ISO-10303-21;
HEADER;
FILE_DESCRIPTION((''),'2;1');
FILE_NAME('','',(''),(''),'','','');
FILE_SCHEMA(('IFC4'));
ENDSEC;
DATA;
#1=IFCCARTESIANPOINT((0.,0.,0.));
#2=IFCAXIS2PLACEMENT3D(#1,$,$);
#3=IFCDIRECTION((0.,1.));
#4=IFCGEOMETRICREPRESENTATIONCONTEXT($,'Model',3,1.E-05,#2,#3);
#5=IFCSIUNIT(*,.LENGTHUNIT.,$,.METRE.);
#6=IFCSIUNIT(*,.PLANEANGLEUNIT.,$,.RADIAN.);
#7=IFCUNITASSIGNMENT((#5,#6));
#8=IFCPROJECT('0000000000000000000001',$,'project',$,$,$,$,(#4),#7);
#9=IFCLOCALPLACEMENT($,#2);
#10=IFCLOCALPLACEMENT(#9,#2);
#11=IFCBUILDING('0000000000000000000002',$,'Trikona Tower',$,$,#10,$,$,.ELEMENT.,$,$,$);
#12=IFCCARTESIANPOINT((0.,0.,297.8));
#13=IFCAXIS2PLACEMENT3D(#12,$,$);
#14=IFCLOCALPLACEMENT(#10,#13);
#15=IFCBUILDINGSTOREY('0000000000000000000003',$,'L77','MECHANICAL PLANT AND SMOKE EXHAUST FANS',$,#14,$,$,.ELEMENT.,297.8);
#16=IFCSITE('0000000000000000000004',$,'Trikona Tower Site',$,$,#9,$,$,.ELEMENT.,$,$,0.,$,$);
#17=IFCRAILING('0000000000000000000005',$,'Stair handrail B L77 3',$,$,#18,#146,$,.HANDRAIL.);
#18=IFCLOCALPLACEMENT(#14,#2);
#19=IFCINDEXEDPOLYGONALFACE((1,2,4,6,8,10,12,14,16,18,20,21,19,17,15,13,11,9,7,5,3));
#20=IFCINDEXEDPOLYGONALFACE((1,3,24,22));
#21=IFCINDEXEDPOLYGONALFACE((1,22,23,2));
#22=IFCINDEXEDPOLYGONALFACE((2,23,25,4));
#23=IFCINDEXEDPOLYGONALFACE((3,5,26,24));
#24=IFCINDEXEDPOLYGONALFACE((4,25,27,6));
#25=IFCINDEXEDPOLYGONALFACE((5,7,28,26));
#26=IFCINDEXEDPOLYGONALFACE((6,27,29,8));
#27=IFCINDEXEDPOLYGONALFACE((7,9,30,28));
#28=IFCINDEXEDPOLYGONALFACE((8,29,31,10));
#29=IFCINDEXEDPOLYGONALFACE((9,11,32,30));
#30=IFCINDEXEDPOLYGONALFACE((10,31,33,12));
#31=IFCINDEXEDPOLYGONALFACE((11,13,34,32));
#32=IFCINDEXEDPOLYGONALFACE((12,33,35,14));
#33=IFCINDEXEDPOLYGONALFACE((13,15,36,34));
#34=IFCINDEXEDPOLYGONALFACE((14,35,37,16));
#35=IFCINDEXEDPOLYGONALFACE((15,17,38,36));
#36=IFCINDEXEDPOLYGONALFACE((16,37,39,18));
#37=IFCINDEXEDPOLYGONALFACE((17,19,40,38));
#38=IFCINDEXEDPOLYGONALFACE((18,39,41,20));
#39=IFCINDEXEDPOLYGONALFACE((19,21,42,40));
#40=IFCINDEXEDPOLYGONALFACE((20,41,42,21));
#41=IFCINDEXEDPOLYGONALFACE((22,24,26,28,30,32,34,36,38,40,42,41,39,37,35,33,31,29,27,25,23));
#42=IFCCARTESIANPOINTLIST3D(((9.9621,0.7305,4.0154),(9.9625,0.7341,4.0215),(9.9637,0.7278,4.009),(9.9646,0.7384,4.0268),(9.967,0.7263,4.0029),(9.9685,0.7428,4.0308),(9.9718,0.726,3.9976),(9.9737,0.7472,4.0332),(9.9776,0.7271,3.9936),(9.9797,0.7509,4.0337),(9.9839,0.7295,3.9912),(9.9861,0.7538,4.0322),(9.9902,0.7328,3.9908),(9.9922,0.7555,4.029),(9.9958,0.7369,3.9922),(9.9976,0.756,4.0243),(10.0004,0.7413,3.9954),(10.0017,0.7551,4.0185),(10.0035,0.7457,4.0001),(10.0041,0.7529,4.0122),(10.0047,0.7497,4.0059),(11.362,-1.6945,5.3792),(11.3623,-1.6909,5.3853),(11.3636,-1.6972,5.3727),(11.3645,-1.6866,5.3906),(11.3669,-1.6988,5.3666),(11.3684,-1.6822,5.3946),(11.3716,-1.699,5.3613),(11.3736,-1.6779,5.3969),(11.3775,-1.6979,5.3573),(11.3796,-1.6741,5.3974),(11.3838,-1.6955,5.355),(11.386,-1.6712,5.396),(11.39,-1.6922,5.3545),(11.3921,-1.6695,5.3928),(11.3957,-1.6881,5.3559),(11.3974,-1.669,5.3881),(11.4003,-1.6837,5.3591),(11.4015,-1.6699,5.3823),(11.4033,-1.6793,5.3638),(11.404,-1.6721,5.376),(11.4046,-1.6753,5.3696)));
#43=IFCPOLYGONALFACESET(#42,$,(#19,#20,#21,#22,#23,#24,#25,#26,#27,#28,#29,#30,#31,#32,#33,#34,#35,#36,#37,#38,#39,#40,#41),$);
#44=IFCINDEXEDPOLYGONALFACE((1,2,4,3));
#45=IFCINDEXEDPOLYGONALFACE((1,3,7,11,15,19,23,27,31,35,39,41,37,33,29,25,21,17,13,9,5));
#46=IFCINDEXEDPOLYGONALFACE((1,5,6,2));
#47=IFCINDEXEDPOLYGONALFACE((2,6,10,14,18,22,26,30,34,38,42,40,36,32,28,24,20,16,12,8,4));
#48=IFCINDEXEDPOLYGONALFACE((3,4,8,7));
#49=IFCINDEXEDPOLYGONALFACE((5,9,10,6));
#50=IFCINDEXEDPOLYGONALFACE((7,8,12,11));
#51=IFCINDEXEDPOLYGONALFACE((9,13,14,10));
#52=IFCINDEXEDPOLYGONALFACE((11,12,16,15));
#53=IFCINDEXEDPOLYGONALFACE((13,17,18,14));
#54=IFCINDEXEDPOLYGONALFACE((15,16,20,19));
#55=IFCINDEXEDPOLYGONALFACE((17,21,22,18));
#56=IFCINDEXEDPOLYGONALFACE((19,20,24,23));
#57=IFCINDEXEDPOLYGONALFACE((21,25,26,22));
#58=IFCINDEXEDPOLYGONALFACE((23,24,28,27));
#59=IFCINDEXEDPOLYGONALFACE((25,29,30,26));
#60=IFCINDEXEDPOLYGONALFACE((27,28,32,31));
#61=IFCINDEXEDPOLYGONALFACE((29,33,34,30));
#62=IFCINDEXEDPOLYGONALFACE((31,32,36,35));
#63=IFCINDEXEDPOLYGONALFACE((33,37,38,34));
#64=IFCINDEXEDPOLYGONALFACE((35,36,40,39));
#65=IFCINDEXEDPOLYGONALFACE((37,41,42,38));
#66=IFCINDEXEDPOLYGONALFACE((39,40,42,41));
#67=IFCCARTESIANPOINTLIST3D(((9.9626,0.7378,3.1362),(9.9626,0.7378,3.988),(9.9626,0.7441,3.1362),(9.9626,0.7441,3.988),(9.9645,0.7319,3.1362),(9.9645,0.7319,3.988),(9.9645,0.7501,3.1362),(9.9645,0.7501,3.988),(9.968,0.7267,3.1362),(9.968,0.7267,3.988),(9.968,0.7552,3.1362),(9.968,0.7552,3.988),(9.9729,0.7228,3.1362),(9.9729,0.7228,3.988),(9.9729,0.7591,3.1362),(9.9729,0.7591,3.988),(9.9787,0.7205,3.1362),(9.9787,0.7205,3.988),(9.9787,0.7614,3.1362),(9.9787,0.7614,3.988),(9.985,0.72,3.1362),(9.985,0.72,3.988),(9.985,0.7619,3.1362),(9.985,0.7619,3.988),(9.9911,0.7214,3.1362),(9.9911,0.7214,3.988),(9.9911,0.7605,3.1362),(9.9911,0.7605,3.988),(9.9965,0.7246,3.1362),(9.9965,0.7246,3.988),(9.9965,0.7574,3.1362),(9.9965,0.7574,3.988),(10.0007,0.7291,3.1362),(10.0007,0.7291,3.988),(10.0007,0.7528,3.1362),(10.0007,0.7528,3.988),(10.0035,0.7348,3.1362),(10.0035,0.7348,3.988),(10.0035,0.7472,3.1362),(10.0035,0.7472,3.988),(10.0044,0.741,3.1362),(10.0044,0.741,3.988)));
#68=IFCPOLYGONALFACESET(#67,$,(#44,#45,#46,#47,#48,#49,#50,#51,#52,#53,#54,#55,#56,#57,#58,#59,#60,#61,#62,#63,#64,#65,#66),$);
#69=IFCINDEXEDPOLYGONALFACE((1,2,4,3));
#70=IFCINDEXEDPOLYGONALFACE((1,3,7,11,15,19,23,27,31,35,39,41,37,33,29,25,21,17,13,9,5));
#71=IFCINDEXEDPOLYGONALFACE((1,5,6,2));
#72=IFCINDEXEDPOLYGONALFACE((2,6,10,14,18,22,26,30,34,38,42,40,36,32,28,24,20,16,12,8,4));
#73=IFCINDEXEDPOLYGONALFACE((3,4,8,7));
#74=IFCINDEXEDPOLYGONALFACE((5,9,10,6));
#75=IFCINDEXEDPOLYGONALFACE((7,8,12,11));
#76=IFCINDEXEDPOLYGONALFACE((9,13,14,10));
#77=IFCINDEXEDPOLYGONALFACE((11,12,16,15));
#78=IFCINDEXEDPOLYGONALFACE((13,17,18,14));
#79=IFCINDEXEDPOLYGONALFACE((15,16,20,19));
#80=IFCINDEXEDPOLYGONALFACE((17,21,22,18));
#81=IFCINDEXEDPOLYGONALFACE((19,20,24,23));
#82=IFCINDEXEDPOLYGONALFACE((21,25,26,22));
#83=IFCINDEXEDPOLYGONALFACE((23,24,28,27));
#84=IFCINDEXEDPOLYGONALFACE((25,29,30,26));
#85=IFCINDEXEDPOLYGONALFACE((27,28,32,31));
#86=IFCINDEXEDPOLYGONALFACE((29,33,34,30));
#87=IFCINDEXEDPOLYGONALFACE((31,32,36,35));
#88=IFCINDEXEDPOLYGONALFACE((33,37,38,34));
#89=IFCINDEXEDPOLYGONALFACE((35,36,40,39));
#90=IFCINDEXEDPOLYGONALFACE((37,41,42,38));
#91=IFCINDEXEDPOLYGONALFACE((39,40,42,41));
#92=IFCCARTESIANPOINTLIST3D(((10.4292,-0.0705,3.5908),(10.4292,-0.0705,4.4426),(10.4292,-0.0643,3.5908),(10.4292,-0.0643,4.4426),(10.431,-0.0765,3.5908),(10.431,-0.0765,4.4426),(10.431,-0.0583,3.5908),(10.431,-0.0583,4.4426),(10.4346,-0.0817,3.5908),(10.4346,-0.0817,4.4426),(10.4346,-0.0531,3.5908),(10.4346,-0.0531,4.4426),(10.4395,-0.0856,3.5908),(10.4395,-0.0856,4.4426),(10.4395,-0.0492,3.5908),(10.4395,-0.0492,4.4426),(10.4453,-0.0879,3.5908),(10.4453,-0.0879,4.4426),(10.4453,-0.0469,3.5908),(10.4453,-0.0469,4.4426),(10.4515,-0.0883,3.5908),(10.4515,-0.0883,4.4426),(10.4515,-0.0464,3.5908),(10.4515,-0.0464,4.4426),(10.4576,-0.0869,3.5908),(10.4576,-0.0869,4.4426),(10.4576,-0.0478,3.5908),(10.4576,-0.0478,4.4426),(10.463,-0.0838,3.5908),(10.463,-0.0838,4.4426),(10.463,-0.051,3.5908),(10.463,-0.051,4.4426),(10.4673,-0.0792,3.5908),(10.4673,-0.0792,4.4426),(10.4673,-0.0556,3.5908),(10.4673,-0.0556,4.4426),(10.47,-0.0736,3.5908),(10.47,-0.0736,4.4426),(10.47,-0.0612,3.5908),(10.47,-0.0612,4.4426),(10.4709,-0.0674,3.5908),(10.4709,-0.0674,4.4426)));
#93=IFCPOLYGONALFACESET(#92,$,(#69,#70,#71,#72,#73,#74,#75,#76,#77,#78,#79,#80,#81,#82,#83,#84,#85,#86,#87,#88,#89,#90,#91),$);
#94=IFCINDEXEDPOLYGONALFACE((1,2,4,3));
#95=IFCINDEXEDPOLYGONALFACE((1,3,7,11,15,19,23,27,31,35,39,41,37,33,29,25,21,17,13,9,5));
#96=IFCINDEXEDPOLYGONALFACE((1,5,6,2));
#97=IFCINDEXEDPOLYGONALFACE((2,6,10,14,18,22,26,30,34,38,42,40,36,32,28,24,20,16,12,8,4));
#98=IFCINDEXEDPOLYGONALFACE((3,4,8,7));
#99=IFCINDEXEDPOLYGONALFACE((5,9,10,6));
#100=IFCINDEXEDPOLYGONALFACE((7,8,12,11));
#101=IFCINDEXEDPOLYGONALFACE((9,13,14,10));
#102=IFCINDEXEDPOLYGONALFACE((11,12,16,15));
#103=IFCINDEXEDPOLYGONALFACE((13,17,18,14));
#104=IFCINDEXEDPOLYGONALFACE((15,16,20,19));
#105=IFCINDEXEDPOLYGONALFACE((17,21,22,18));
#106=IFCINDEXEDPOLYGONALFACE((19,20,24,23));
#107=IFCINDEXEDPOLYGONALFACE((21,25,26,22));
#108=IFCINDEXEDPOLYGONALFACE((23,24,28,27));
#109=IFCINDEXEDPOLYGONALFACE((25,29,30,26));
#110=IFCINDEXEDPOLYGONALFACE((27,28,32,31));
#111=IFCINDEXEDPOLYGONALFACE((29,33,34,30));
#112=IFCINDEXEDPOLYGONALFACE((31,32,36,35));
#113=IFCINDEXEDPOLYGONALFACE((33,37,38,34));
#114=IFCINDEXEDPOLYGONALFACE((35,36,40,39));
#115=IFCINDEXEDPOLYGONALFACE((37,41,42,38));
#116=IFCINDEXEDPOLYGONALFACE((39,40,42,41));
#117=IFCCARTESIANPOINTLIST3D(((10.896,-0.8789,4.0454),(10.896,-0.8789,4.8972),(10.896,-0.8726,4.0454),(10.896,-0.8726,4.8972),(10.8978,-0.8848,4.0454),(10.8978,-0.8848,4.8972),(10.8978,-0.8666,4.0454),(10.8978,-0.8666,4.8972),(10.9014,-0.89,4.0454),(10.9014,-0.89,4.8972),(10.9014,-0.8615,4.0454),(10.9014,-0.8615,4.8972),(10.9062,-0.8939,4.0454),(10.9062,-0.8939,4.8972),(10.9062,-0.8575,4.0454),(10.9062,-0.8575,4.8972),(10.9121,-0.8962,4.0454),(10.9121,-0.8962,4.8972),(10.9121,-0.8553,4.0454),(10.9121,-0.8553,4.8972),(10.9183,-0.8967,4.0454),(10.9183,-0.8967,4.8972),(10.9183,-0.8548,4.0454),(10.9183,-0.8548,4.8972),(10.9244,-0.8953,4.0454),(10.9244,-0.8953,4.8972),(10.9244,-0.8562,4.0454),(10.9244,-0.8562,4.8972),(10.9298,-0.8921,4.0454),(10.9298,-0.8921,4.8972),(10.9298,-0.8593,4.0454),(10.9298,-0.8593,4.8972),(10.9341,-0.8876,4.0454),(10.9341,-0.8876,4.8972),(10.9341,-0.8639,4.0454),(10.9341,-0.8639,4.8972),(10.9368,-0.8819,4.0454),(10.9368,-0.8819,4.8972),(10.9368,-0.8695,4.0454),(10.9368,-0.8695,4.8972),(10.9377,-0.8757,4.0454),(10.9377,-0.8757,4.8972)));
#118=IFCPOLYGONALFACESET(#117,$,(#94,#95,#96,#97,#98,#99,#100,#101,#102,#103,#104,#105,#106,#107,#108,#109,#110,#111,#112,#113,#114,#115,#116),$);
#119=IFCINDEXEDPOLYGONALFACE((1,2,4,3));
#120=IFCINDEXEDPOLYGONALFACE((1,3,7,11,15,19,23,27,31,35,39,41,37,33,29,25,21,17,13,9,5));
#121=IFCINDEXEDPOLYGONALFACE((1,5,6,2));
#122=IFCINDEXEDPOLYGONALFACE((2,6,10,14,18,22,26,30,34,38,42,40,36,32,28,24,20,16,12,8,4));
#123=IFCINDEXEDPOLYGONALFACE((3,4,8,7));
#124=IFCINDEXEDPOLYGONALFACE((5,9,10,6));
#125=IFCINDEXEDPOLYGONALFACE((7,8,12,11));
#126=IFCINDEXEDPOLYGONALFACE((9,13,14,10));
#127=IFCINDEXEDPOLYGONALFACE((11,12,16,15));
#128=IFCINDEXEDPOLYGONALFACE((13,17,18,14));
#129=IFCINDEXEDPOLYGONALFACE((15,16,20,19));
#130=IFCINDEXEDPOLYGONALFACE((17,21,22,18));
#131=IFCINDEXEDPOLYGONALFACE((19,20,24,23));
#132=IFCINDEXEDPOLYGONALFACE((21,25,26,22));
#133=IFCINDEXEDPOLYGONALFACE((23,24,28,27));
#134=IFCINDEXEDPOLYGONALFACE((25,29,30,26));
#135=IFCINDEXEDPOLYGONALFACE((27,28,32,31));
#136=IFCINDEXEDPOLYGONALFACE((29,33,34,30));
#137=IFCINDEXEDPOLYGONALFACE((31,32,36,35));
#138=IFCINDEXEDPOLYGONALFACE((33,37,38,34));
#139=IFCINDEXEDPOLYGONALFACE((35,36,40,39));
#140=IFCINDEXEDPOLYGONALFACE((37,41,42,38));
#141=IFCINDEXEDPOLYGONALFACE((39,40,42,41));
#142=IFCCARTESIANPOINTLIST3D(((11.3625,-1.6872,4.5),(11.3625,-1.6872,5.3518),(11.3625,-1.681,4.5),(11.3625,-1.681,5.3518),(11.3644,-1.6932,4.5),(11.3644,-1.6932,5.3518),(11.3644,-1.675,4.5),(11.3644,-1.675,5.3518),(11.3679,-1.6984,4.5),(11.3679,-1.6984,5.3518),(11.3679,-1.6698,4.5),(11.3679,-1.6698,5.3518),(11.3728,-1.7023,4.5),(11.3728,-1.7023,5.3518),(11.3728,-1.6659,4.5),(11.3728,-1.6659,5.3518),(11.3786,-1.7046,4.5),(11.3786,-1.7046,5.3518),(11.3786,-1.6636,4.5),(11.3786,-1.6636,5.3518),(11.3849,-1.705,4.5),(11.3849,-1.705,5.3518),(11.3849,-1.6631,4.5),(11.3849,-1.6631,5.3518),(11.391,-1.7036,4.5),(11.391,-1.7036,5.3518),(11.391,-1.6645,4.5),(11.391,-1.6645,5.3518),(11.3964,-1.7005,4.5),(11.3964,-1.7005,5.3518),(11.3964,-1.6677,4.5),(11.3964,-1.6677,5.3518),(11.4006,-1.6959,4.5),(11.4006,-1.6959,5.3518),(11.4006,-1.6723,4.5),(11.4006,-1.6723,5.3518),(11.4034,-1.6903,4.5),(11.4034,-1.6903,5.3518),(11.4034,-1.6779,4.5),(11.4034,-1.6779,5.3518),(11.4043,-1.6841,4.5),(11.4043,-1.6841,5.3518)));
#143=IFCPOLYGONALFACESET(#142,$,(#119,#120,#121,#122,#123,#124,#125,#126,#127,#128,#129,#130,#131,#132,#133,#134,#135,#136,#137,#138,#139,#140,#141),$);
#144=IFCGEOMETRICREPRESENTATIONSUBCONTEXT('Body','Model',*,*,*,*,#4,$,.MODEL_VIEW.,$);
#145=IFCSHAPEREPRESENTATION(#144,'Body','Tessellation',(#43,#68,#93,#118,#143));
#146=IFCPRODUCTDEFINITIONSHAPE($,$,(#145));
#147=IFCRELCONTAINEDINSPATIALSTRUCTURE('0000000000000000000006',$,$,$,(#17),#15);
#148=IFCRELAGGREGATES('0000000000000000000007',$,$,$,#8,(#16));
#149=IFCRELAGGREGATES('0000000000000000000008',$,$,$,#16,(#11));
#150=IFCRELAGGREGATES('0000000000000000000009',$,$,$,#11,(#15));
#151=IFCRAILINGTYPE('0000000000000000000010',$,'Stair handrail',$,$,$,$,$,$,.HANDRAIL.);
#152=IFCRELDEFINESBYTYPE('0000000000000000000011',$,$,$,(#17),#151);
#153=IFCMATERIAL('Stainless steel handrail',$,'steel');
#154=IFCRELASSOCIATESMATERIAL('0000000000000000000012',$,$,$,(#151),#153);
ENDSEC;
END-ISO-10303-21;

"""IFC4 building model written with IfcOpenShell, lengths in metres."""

from ifc_helpers import new_model, si_unit, direction, frame, origin, origin_2d, place, context, subcontext, project, spatial, circle, extrude, material, type_object, element, save


model = new_model("IFC4")

# Units and contexts
model_context = context("Model", 3, precision=1e-05, world=origin(), true_north=direction((0.0, 1.0)))
body_context = subcontext(model_context, "Body", "Model", "MODEL_VIEW")
ifc_project = project(units=[si_unit("LENGTHUNIT", "METRE"), si_unit("PLANEANGLEUNIT", "RADIAN")], contexts=[model_context])

# Site, building, storey
site_placement = place(None, origin())
site = spatial("IfcSite", under=ifc_project, at=site_placement, Name="Trikona Tower Site", CompositionType="ELEMENT", RefElevation=0.0)
building_placement = place(site_placement, origin())
building = spatial("IfcBuilding", under=site, at=building_placement, Name="Trikona Tower", CompositionType="ELEMENT")
storey_placement = place(building_placement, frame((0.0, 0.0, 297.8)))
storey = spatial("IfcBuildingStorey", under=building, at=storey_placement, Name="L77", Description="MECHANICAL PLANT AND SMOKE EXHAUST FANS", CompositionType="ELEMENT", Elevation=297.8)

# Railing
ifc_material_1 = material(Name="Stainless steel handrail", Category="steel")
railing_type_1 = type_object("IfcRailingType", Name="Stair handrail", PredefinedType="HANDRAIL", material=ifc_material_1)
for number, where, name in (
    (1, (9.9834, 0.741, 3.1362), "Stair handrail B L77 3"),
):
    element("IfcRailing", number, at=place(storey_placement, frame(where)), inside=storey, type_object=railing_type_1, Name=name, PredefinedType="HANDRAIL", context=body_context, shape_type="SweptSolid", body=[
        extrude(circle(Radius=0.0239, at=origin_2d()), frame((0.0, 0.0, 0.876), z_axis=(0.449471, -0.778618, 0.43787), x_axis=(0.866056, 0.499946, 0.0)), (0.0, 0.0, 1.0), 3.1145),
        extrude(circle(Radius=0.021, at=origin_2d()), origin(), (0.0, 0.0, 1.0), 0.8518),
        extrude(circle(Radius=0.021, at=origin_2d()), frame((0.4666, -0.8083, 0.4546)), (0.0, 0.0, 1.0), 0.8518),
        extrude(circle(Radius=0.021, at=origin_2d()), frame((0.9333, -1.6167, 0.9092)), (0.0, 0.0, 1.0), 0.8518),
        extrude(circle(Radius=0.021, at=origin_2d()), frame((1.3999, -2.425, 1.3638)), (0.0, 0.0, 1.0), 0.8518),
    ])

save(model, "model.ifc")
